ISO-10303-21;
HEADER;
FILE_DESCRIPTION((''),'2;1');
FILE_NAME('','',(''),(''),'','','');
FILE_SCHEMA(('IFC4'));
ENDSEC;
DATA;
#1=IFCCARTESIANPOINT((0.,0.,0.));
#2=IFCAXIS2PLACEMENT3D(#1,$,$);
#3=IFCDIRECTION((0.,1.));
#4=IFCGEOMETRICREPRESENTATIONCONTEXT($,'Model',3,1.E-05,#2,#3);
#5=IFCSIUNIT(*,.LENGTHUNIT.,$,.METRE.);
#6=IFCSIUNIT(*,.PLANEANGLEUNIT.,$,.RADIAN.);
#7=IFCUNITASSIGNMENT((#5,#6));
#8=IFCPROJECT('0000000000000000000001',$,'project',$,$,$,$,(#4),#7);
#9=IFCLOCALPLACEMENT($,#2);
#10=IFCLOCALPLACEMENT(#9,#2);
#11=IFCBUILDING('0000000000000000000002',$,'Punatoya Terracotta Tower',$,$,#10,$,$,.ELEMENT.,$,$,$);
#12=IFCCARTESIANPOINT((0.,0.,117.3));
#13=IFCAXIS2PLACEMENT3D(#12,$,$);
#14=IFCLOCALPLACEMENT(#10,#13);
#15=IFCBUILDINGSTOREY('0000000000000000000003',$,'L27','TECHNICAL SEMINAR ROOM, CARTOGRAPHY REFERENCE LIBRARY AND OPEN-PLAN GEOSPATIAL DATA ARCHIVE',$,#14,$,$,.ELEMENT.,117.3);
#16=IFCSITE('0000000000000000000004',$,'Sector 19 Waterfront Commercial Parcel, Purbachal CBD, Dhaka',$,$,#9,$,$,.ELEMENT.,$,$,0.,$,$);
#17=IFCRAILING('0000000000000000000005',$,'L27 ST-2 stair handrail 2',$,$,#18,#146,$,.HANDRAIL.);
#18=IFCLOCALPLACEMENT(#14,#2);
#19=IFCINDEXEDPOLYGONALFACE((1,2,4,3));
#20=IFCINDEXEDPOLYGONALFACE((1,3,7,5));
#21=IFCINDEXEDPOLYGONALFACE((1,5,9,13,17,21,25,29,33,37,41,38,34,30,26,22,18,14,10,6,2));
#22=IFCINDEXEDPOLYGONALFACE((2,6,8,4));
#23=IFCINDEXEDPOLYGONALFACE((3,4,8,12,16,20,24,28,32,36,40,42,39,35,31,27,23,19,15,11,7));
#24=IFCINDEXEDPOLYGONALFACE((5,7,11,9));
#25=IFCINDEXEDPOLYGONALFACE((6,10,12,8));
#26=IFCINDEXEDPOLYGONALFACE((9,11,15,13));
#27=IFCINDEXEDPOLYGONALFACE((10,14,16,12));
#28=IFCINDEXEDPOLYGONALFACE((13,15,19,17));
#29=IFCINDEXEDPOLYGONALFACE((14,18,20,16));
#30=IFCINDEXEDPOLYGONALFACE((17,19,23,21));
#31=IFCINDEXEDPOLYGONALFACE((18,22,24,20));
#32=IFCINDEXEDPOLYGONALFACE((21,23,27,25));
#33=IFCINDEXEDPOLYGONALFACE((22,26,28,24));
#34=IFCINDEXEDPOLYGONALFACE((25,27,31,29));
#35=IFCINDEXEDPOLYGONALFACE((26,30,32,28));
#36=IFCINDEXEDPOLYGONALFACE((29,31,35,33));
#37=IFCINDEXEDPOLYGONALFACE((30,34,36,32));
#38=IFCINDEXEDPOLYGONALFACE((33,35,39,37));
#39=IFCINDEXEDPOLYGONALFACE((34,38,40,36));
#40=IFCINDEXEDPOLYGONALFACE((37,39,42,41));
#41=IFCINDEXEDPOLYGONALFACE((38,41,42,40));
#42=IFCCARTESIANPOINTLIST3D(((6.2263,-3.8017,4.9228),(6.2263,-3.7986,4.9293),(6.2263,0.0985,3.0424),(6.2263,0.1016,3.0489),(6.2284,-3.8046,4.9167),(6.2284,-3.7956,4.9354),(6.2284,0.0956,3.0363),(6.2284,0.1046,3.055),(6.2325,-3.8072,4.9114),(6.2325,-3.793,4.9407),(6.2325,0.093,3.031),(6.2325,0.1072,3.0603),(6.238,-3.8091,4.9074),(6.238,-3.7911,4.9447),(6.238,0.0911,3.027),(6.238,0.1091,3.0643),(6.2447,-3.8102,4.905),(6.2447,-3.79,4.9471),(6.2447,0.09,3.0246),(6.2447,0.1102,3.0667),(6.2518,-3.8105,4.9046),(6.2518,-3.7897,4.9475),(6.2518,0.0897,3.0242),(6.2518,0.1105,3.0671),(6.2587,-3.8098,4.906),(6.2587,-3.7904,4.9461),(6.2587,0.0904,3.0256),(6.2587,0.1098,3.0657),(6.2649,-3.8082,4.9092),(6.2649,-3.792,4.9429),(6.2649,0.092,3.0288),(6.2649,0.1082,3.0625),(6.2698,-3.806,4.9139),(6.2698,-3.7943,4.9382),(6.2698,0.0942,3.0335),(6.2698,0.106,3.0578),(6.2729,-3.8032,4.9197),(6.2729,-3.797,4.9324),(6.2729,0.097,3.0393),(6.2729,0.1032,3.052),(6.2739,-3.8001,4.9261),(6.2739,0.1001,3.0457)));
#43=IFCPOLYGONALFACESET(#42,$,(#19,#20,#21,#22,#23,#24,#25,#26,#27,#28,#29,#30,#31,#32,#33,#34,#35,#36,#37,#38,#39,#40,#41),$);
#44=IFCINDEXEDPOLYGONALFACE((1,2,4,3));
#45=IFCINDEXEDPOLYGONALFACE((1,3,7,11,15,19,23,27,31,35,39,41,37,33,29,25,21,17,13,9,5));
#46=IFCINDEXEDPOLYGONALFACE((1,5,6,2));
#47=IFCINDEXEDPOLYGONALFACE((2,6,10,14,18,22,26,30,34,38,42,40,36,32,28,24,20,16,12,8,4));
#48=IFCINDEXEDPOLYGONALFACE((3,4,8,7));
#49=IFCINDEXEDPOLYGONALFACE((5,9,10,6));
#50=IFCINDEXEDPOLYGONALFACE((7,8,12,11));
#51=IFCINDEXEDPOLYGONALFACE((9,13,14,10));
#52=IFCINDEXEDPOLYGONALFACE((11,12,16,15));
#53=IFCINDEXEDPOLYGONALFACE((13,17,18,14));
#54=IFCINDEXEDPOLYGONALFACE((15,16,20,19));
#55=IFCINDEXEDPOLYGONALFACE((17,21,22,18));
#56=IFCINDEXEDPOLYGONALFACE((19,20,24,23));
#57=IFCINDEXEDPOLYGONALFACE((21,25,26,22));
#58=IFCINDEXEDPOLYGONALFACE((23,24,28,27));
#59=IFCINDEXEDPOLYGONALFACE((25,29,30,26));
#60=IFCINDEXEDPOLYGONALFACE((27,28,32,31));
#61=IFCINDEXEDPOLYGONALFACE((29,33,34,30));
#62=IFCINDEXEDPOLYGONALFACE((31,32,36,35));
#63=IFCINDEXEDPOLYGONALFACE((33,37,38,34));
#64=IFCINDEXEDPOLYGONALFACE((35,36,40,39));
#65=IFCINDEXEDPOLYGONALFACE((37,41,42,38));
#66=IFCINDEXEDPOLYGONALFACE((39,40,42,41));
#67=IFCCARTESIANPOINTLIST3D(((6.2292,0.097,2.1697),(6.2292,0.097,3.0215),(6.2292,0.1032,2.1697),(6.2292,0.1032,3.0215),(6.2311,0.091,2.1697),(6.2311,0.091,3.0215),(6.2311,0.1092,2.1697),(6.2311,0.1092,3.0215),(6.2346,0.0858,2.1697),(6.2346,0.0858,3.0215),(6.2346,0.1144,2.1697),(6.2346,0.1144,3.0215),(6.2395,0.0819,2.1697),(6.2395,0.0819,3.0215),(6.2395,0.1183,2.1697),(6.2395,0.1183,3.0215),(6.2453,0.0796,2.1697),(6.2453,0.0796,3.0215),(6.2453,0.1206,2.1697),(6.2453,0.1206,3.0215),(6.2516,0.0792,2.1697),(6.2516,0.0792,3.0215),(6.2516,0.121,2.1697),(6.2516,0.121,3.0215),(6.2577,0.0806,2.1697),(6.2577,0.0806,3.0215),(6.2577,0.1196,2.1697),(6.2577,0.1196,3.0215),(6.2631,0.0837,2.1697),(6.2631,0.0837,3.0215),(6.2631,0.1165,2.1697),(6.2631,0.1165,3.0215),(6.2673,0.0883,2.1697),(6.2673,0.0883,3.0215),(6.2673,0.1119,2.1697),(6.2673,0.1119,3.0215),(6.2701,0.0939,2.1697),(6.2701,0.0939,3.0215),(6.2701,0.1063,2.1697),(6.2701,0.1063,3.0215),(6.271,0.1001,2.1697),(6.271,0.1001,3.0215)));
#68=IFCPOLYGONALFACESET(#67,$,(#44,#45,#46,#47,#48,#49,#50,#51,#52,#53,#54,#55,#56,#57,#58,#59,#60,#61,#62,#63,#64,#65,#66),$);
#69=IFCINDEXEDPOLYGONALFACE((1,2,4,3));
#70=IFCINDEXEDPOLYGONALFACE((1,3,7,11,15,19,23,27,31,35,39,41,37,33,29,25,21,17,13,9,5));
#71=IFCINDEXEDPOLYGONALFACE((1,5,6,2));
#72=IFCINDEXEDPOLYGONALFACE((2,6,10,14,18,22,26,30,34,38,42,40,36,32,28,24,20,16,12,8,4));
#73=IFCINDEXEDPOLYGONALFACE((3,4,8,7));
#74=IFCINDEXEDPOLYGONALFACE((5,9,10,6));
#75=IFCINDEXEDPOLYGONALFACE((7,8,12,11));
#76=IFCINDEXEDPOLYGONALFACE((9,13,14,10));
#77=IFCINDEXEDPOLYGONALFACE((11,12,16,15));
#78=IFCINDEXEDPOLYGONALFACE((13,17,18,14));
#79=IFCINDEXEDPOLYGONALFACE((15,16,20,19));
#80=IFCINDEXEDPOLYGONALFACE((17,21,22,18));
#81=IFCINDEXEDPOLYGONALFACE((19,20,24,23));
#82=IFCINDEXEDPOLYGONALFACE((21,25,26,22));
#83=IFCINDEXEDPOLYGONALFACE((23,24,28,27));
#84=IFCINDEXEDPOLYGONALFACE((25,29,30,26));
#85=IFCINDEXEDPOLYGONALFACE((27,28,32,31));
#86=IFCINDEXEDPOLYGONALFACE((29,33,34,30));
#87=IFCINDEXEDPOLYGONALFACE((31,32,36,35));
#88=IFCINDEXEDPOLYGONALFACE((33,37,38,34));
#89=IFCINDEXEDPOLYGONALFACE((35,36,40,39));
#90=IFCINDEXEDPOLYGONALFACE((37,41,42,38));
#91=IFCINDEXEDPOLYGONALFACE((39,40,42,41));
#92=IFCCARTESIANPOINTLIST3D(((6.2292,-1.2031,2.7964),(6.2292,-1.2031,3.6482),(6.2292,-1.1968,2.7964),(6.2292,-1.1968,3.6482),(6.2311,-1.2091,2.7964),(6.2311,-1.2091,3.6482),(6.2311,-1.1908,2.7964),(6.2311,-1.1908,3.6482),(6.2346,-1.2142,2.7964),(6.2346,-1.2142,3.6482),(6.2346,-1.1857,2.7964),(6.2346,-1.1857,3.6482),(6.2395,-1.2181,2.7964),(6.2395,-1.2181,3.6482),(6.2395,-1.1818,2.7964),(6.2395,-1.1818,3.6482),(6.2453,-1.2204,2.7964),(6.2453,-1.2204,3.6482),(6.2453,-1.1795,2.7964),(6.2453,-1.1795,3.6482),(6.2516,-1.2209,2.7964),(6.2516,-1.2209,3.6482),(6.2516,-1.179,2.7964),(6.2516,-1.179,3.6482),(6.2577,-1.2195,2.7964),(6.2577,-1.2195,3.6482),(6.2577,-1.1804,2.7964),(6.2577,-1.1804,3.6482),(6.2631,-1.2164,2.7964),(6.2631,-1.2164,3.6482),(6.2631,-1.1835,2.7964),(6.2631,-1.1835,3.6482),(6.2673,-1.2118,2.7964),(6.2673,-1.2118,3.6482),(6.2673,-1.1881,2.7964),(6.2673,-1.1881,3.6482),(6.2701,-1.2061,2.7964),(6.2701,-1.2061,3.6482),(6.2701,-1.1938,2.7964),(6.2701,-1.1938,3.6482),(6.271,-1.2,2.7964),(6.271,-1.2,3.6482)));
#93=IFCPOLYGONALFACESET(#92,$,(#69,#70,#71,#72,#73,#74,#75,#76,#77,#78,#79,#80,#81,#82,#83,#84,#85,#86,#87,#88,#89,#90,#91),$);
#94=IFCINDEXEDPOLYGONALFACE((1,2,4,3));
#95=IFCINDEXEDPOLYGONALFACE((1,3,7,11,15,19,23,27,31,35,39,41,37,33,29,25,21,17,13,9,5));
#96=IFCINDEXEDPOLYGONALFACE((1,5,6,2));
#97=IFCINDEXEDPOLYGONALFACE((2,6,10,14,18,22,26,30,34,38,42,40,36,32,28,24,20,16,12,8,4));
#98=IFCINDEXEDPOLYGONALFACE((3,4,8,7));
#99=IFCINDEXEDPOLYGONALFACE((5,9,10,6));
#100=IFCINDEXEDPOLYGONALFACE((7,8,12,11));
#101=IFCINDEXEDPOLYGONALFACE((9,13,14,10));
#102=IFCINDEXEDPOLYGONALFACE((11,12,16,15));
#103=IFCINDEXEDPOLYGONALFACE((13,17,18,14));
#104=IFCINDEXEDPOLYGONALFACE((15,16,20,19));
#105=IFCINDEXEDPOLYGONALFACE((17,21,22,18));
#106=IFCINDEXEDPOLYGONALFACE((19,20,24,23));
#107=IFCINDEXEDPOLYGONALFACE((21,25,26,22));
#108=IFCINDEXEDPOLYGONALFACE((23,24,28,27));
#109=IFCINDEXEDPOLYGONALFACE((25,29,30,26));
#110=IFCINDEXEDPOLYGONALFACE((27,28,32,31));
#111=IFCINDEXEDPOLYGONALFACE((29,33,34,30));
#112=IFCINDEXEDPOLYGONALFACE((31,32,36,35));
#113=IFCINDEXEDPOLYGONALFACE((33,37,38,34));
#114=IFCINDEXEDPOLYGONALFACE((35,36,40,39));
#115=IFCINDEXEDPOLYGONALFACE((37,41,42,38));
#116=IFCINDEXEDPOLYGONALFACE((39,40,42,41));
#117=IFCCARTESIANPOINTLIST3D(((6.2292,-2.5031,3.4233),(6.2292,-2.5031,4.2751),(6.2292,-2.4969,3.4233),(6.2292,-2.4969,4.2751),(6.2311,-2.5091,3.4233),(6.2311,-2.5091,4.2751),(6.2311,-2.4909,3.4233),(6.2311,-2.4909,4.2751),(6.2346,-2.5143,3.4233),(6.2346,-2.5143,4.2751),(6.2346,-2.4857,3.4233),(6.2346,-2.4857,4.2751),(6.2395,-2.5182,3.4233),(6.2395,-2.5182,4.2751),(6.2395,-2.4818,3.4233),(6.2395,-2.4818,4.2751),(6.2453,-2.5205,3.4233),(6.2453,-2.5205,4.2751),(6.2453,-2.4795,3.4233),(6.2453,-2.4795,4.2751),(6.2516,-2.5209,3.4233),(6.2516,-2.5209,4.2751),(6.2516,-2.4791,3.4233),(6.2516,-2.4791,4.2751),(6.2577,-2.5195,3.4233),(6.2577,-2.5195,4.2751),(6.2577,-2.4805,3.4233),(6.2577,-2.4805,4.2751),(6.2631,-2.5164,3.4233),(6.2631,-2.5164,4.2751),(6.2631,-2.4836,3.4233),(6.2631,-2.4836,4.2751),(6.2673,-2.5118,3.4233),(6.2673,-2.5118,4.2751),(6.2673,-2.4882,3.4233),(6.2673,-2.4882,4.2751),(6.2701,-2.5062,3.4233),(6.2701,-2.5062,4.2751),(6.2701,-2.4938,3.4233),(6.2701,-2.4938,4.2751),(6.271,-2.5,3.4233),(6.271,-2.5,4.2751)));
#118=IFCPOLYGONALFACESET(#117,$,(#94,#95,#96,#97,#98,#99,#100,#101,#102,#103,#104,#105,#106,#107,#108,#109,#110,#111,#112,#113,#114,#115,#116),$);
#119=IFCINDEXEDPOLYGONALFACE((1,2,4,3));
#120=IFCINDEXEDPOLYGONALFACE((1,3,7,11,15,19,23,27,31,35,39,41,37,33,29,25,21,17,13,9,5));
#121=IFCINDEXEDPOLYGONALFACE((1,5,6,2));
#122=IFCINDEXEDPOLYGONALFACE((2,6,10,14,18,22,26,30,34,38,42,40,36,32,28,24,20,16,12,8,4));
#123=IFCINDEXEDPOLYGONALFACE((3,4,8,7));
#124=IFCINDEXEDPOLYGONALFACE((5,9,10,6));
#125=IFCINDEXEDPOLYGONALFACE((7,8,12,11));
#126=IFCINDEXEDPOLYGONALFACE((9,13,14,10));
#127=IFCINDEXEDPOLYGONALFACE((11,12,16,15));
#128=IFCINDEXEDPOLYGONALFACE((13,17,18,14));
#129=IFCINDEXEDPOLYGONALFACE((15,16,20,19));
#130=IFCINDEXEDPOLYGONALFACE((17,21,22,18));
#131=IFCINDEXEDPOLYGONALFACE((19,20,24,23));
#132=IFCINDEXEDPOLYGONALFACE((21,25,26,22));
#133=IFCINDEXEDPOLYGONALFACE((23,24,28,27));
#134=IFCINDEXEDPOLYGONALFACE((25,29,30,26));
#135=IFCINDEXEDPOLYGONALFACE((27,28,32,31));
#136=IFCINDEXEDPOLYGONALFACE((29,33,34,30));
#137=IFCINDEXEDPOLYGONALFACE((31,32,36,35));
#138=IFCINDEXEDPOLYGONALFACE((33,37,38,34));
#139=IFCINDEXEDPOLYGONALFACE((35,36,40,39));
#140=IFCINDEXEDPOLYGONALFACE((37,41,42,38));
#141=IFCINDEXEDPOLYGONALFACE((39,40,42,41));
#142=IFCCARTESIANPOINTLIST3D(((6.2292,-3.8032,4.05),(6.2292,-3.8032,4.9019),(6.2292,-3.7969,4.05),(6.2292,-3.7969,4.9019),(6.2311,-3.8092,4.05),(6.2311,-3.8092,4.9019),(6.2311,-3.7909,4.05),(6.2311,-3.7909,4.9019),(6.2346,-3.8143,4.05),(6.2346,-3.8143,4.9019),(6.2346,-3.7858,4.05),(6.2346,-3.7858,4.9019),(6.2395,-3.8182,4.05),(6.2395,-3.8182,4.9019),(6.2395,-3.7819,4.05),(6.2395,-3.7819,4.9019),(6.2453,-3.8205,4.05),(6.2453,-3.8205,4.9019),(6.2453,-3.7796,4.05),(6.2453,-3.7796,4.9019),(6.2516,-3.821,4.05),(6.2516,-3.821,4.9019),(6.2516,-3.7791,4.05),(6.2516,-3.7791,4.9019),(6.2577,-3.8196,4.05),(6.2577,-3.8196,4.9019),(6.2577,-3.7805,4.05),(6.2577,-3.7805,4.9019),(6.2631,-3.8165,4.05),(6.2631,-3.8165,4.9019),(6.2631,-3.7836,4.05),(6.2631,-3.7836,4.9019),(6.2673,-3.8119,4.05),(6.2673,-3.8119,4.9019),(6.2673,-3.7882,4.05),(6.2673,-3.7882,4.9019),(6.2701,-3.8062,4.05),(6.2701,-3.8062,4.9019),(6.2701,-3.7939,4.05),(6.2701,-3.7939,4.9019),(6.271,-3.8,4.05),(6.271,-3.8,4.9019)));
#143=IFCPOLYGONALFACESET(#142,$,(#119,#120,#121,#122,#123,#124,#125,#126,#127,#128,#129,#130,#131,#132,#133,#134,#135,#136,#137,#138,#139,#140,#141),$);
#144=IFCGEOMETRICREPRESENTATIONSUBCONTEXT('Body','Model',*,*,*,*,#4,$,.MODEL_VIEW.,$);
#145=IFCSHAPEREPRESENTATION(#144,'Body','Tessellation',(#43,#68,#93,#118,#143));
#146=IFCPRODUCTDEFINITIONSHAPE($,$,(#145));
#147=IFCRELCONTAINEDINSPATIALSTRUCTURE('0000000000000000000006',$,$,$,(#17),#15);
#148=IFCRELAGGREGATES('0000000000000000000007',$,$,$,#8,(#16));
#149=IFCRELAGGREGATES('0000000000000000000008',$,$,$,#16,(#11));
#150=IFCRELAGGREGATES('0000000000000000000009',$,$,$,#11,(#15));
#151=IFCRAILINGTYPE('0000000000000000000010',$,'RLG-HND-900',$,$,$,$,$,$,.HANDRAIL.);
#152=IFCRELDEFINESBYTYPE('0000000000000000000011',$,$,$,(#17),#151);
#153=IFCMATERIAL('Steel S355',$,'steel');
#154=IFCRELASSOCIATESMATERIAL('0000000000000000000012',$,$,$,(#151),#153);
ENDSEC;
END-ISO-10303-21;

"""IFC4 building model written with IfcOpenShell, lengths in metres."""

from ifc_helpers import new_model, si_unit, direction, frame, origin, origin_2d, place, context, subcontext, project, spatial, circle, extrude, material, type_object, element, save


model = new_model("IFC4")

# Units and contexts
model_context = context("Model", 3, precision=1e-05, world=origin(), true_north=direction((0.0, 1.0)))
body_context = subcontext(model_context, "Body", "Model", "MODEL_VIEW")
ifc_project = project(units=[si_unit("LENGTHUNIT", "METRE"), si_unit("PLANEANGLEUNIT", "RADIAN")], contexts=[model_context])

# Site, building, storey
site_placement = place(None, origin())
site = spatial("IfcSite", under=ifc_project, at=site_placement, Name="Sector 19 Waterfront Commercial Parcel, Purbachal CBD, Dhaka", CompositionType="ELEMENT", RefElevation=0.0)
building_placement = place(site_placement, origin())
building = spatial("IfcBuilding", under=site, at=building_placement, Name="Punatoya Terracotta Tower", CompositionType="ELEMENT")
storey_placement = place(building_placement, frame((0.0, 0.0, 117.3)))
storey = spatial("IfcBuildingStorey", under=building, at=storey_placement, Name="L27", Description="TECHNICAL SEMINAR ROOM, CARTOGRAPHY REFERENCE LIBRARY AND OPEN-PLAN GEOSPATIAL DATA ARCHIVE", CompositionType="ELEMENT", Elevation=117.3)

# Shared definitions
ifc_material_1 = material(Name="Steel S355", Category="steel")

# Railing
railing_type_1 = type_object("IfcRailingType", Name="RLG-HND-900", PredefinedType="HANDRAIL", material=ifc_material_1)
railing_1_placement = place(storey_placement, frame((6.25, 0.1001, 2.1697)))
element("IfcRailing", 1, at=railing_1_placement, inside=storey, type_object=railing_type_1, Name="L27 ST-2 stair handrail 2", PredefinedType="HANDRAIL", context=body_context, shape_type="SweptSolid", body=[
    extrude(circle(Radius=0.0239, at=origin_2d()), frame((0.0, 0.0, 0.876), z_axis=(0.0, -0.900774, 0.434289), x_axis=(1.0, 0.0, 0.0)), (0.0, 0.0, 1.0), 4.3298),
    extrude(circle(Radius=0.021, at=origin_2d()), origin(), (0.0, 0.0, 1.0), 0.8518),
    extrude(circle(Radius=0.021, at=origin_2d()), frame((0.0, -1.3, 0.6267)), (0.0, 0.0, 1.0), 0.8518),
    extrude(circle(Radius=0.021, at=origin_2d()), frame((0.0, -2.6001, 1.2537)), (0.0, 0.0, 1.0), 0.8518),
    extrude(circle(Radius=0.021, at=origin_2d()), frame((0.0, -3.9001, 1.8804)), (0.0, 0.0, 1.0), 0.8518),
])

save(model, "model.ifc")
